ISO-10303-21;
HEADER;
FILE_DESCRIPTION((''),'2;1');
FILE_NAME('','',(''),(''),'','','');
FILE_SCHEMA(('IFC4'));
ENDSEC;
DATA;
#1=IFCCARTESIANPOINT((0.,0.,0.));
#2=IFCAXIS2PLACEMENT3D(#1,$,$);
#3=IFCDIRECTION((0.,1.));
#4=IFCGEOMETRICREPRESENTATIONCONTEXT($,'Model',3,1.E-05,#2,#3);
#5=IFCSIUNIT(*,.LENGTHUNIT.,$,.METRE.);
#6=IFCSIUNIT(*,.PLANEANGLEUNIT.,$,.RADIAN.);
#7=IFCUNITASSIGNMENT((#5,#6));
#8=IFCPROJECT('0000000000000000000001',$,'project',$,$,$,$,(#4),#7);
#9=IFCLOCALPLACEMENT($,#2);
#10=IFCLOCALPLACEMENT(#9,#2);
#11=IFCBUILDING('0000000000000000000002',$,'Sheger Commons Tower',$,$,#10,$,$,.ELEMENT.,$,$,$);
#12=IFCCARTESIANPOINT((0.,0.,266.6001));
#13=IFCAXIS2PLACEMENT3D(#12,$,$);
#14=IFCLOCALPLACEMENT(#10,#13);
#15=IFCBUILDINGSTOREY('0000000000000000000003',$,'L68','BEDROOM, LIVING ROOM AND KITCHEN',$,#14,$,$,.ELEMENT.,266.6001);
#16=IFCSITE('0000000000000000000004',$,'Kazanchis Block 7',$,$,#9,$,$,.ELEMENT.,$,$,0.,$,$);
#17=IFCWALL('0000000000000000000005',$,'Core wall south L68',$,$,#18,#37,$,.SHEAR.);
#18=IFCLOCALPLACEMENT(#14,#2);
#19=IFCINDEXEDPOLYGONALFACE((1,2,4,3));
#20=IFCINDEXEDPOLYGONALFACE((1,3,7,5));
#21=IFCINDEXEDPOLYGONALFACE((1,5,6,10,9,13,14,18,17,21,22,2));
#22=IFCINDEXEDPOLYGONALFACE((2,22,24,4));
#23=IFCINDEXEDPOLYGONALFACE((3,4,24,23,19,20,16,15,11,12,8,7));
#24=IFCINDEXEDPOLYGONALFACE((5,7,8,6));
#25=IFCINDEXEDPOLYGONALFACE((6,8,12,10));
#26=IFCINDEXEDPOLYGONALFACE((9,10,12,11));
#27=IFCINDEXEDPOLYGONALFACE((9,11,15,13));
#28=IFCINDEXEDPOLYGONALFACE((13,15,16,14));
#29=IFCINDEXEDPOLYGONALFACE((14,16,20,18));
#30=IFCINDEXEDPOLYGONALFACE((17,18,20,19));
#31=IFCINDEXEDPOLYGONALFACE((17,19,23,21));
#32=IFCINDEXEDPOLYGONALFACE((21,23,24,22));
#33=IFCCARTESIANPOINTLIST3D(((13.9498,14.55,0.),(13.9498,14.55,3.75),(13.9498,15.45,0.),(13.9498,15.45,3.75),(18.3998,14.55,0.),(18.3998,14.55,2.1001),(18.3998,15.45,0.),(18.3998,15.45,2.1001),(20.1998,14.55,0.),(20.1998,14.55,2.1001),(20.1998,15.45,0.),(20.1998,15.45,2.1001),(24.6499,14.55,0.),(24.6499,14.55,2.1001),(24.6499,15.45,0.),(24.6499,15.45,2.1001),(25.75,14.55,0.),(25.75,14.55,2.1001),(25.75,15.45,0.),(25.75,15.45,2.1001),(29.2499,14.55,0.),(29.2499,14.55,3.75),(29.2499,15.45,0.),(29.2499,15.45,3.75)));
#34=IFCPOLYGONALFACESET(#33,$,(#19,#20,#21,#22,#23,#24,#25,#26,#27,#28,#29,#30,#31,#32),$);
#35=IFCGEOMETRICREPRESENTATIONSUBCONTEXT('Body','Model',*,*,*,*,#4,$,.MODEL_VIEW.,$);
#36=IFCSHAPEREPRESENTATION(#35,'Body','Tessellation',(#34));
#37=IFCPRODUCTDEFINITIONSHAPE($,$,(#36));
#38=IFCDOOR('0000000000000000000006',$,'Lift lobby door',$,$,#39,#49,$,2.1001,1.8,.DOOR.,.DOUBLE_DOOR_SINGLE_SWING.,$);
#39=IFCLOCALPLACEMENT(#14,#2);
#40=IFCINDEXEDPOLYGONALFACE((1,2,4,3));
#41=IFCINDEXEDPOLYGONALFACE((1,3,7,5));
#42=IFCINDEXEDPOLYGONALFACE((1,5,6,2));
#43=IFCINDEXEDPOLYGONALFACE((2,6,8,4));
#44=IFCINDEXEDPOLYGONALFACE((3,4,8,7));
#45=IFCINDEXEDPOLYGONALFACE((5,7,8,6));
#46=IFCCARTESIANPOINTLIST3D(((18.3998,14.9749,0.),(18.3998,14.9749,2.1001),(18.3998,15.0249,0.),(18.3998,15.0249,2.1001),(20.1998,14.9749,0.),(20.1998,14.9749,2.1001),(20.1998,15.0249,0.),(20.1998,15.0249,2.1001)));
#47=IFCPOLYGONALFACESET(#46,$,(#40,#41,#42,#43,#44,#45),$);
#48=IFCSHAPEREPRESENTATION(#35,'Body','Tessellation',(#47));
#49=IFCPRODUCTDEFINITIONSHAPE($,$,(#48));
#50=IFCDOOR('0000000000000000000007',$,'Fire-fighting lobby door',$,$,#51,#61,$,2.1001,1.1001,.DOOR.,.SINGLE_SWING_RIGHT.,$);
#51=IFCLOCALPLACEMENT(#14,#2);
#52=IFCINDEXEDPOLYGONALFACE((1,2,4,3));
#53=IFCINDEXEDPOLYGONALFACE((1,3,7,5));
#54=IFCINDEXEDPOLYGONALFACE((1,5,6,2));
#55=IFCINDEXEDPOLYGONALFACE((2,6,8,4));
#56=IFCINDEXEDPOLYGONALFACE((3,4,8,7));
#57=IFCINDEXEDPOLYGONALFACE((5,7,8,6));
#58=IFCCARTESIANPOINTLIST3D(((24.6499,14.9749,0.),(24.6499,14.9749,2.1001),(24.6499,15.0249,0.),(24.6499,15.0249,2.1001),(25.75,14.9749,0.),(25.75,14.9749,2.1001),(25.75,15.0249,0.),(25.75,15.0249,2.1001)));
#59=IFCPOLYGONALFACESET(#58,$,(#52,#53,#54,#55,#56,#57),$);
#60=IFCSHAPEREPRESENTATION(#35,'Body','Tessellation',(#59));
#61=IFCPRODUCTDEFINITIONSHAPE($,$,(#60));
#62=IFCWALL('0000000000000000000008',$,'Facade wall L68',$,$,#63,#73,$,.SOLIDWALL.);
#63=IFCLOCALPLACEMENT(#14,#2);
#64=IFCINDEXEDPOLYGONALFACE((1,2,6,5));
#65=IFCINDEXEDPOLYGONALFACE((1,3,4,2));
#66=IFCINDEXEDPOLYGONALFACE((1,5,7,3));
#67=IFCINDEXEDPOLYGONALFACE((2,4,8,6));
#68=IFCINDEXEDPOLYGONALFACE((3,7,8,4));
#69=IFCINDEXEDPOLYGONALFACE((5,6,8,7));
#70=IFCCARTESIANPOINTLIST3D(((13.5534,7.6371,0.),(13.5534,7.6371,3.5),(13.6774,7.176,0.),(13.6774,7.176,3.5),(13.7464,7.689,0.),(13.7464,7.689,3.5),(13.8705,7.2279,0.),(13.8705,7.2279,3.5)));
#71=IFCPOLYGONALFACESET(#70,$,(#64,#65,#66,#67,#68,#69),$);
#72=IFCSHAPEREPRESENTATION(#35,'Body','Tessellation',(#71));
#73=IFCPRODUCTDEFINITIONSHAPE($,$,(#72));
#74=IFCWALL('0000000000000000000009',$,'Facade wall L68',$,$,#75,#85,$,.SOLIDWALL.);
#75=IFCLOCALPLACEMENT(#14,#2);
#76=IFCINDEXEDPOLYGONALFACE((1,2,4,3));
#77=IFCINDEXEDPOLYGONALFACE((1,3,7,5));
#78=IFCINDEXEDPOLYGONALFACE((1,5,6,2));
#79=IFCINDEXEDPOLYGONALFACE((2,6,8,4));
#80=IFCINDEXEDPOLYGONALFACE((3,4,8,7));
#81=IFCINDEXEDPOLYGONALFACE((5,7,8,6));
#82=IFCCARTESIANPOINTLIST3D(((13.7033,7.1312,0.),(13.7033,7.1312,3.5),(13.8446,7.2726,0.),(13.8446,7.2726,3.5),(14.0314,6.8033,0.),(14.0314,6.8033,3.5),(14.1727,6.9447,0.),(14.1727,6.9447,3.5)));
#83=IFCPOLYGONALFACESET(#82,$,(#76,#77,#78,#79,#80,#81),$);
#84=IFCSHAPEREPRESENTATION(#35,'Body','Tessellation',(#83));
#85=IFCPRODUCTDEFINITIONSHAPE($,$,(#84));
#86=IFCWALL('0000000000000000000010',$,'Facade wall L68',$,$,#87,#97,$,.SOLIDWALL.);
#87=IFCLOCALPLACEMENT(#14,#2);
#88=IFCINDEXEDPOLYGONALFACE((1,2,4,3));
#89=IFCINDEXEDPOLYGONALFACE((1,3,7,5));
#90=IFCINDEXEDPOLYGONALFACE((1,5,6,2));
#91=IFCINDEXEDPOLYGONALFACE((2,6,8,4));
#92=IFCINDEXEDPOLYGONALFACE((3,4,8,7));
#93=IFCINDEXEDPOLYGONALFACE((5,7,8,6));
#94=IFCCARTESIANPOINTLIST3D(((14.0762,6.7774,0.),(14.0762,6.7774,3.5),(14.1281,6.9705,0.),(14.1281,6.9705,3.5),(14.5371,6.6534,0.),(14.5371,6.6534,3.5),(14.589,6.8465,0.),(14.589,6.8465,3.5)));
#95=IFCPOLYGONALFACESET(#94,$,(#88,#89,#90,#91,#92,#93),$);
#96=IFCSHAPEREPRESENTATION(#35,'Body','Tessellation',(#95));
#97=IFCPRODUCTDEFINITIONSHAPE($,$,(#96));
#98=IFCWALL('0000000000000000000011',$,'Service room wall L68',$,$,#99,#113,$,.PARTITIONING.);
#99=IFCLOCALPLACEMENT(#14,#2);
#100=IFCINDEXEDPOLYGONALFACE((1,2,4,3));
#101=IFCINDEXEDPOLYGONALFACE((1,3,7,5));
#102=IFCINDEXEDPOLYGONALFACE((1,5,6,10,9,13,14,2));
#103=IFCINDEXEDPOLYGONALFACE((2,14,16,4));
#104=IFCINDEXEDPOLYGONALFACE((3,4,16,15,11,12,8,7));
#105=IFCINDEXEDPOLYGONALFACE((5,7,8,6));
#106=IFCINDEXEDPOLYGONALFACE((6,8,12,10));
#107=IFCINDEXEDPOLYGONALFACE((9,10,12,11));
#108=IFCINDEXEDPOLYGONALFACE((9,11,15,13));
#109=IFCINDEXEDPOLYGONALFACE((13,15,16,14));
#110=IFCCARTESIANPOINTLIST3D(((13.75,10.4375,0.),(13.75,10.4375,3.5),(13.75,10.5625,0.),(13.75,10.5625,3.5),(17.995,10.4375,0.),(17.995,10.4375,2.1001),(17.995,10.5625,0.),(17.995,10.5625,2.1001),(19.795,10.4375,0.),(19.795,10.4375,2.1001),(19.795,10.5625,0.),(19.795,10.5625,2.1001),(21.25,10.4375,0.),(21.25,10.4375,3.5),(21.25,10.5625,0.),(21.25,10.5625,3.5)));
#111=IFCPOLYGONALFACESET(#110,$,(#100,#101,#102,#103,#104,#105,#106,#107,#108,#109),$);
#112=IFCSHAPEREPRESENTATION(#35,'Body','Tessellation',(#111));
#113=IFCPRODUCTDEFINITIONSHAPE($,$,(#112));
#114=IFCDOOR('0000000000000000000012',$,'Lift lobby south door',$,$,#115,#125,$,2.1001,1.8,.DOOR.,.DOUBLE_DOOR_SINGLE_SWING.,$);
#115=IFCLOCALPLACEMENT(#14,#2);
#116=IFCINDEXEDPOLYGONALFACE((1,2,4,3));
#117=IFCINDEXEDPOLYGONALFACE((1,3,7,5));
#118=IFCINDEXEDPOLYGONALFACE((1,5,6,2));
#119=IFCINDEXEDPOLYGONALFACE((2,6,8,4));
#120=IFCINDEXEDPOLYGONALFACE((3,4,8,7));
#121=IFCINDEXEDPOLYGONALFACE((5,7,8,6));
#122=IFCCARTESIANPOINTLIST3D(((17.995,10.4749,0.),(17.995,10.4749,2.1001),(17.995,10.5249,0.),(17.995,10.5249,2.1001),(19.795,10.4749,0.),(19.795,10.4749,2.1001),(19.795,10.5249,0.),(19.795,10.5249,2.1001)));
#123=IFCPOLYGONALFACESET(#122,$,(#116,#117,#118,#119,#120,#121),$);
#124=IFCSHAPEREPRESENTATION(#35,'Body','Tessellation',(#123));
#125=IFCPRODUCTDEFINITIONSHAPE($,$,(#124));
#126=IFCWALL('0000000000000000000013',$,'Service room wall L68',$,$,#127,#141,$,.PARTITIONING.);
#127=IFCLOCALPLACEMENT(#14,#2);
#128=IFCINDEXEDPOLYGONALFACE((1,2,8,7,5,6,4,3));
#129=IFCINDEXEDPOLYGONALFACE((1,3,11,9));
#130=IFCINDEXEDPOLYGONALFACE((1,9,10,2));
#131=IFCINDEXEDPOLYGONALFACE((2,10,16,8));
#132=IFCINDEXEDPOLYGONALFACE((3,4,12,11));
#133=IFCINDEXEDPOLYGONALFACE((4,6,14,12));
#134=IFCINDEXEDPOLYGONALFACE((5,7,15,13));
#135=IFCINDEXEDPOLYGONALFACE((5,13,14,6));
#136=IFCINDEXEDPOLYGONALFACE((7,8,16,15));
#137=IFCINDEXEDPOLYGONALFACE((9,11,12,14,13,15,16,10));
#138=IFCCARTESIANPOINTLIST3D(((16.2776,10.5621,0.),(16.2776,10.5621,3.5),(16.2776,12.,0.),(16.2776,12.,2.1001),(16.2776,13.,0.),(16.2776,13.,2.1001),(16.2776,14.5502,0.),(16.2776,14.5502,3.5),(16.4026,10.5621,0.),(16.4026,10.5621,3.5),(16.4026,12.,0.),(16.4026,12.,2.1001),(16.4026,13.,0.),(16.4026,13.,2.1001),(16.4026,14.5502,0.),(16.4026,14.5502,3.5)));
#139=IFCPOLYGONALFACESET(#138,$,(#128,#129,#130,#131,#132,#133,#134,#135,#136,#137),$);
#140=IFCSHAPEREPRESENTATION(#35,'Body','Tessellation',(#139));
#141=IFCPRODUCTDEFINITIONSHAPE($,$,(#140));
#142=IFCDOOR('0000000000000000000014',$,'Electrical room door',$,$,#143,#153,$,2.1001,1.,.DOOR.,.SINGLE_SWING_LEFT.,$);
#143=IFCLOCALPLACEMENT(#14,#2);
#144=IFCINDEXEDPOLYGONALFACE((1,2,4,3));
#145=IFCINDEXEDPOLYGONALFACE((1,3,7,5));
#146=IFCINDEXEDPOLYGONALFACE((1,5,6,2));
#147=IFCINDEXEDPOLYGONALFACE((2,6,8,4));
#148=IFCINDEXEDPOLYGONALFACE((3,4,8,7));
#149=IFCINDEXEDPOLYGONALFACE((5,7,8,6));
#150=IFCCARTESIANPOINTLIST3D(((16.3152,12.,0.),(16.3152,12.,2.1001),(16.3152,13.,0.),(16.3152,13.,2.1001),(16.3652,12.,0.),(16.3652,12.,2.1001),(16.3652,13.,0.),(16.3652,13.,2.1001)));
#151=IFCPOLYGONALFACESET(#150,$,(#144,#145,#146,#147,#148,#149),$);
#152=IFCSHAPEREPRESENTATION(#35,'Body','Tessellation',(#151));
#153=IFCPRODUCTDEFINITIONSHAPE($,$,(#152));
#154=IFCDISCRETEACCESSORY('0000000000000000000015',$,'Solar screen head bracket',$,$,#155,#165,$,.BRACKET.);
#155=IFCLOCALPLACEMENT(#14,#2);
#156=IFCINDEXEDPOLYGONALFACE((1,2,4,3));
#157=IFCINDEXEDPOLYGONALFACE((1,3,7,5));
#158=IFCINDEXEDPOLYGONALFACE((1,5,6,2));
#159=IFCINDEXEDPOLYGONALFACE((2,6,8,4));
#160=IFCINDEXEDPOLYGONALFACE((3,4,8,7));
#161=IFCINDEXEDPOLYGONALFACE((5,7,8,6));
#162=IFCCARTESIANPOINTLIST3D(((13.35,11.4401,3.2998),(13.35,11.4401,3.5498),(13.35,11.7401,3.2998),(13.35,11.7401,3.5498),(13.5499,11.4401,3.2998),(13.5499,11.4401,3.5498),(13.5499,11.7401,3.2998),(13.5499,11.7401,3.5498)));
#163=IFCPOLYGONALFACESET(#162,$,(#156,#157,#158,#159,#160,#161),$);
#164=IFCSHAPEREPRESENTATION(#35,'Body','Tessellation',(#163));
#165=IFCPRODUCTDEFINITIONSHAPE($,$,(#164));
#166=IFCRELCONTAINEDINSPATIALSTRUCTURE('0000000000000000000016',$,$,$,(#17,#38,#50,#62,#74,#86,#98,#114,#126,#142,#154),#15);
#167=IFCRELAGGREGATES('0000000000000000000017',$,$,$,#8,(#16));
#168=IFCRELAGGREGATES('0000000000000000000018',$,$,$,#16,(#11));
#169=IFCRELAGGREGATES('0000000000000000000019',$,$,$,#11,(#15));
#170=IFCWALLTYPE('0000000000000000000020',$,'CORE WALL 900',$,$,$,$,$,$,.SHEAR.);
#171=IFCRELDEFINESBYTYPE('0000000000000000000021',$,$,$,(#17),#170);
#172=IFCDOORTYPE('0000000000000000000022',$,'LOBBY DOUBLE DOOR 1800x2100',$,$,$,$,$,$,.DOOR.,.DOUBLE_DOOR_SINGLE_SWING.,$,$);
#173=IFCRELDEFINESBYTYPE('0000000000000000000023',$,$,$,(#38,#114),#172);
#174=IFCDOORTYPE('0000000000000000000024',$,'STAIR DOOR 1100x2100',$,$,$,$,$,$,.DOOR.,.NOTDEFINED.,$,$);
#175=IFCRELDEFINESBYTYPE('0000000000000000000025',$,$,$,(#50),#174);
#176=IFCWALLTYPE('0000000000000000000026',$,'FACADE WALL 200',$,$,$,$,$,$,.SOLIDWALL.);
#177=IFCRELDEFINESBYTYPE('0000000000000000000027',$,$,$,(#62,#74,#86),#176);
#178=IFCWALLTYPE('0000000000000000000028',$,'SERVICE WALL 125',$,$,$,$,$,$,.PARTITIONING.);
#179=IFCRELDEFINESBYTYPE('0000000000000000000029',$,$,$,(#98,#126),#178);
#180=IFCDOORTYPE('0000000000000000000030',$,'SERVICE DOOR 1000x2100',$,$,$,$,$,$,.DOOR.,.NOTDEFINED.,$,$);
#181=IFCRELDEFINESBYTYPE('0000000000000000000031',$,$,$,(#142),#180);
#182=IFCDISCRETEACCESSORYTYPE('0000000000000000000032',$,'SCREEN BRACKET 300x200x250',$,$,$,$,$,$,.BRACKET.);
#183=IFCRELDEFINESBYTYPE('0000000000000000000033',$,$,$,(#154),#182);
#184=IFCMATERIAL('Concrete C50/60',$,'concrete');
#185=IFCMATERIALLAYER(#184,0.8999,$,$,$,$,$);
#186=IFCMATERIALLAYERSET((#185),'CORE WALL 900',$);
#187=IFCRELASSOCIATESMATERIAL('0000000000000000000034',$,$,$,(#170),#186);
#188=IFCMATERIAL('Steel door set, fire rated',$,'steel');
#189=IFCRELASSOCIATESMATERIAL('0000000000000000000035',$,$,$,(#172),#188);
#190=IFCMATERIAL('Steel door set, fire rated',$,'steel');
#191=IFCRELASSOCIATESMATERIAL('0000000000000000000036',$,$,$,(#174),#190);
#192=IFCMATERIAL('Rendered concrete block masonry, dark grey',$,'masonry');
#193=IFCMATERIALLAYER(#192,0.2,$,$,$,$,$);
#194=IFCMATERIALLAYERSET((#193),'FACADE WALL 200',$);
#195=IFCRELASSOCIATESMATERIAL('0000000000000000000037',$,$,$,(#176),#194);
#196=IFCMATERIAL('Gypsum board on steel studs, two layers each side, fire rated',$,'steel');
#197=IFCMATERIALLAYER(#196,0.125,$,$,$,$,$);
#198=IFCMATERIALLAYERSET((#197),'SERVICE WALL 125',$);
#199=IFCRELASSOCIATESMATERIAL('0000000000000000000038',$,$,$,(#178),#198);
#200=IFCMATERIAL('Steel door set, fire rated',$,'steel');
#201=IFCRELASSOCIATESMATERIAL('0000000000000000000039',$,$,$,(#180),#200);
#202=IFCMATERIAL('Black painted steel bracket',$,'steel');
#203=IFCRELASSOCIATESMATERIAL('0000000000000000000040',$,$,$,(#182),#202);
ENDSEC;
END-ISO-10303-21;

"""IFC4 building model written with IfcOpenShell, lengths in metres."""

from ifc_helpers import new_model, si_unit, direction, frame, frame_2d, origin, origin_2d, place, context, subcontext, project, spatial, rectangle, extrude, material, layer, layer_set, type_object, element, fill, save


model = new_model("IFC4")

# Units and contexts
model_context = context("Model", 3, precision=1e-05, world=origin(), true_north=direction((0.0, 1.0)))
body_context = subcontext(model_context, "Body", "Model", "MODEL_VIEW")
ifc_project = project(units=[si_unit("LENGTHUNIT", "METRE"), si_unit("PLANEANGLEUNIT", "RADIAN")], contexts=[model_context])

# Site, building, storey
site_placement = place(None, origin())
site = spatial("IfcSite", under=ifc_project, at=site_placement, Name="Kazanchis Block 7", CompositionType="ELEMENT", RefElevation=0.0)
building_placement = place(site_placement, origin())
building = spatial("IfcBuilding", under=site, at=building_placement, Name="Sheger Commons Tower", CompositionType="ELEMENT")
storey_placement = place(building_placement, frame((0.0, 0.0, 266.6001)))
storey = spatial("IfcBuildingStorey", under=building, at=storey_placement, Name="L68", Description="BEDROOM, LIVING ROOM AND KITCHEN", CompositionType="ELEMENT", Elevation=266.6001)

# Wall, openings, doors
ifc_material_1 = material(Name="Concrete C50/60", Category="concrete")
ifc_layer_1 = layer(ifc_material_1, 0.8999)
ifc_layer_set_1 = layer_set([ifc_layer_1], Name="CORE WALL 900")
wall_type_1 = type_object("IfcWallType", Name="CORE WALL 900", PredefinedType="SHEAR", material=ifc_layer_set_1)
wall_1_placement = place(storey_placement, frame((13.95, 15.0, 0.0), z_axis=(0.0, 0.0, 1.0), x_axis=(1.0, 0.0, 0.0)))
wall_1 = element("IfcWall", 1, at=wall_1_placement, inside=storey, type_object=wall_type_1, Name="Core wall south L68", PredefinedType="SHEAR", context=body_context, shape_type="SweptSolid", body=[
    extrude(rectangle(XDim=15.3, YDim=0.8999, at=frame_2d((7.6499, 0.0))), origin(), (0.0, 0.0, 1.0), 3.75),
])
opening_1_placement = place(wall_1_placement, frame((4.45, 0.0, 0.0)))
opening_1 = element("IfcOpeningElement", 2, at=opening_1_placement, cuts=wall_1, PredefinedType="OPENING", context=body_context, shape_type="SweptSolid", body=[
    extrude(rectangle(XDim=1.8, YDim=2.1001, at=frame_2d((0.8999, 1.05))), frame((0.0, 0.46, 0.0), z_axis=(0.0, -1.0, 0.0), x_axis=(1.0, 0.0, 0.0)), (0.0, 0.0, 1.0), 0.9199),
])
opening_2_placement = place(wall_1_placement, frame((10.7, 0.0, 0.0)))
opening_2 = element("IfcOpeningElement", 3, at=opening_2_placement, cuts=wall_1, PredefinedType="OPENING", context=body_context, shape_type="SweptSolid", body=[
    extrude(rectangle(XDim=1.1001, YDim=2.1001, at=frame_2d((0.55, 1.05))), frame((0.0, 0.46, 0.0), z_axis=(0.0, -1.0, 0.0), x_axis=(1.0, 0.0, 0.0)), (0.0, 0.0, 1.0), 0.9199),
])
ifc_material_2 = material(Name="Steel door set, fire rated", Category="steel")
door_type_1 = type_object("IfcDoorType", Name="LOBBY DOUBLE DOOR 1800x2100", OperationType="DOUBLE_DOOR_SINGLE_SWING", PredefinedType="DOOR", material=ifc_material_2)
door_1_placement = place(opening_1_placement, origin())
door_1 = element("IfcDoor", 4, at=door_1_placement, inside=storey, type_object=door_type_1, Name="Lift lobby door", OperationType="DOUBLE_DOOR_SINGLE_SWING", OverallHeight=2.1001, OverallWidth=1.8, PredefinedType="DOOR", context=body_context, shape_type="SweptSolid", body=[
    extrude(rectangle(XDim=1.8, YDim=2.1001, at=frame_2d((0.8999, 1.05))), frame((0.0, 0.0249, 0.0), z_axis=(0.0, -1.0, 0.0), x_axis=(1.0, 0.0, 0.0)), (0.0, 0.0, 1.0), 0.05),
])
fill(opening_1, door_1)
ifc_material_3 = material(Name="Steel door set, fire rated", Category="steel")
door_type_2 = type_object("IfcDoorType", Name="STAIR DOOR 1100x2100", OperationType="NOTDEFINED", PredefinedType="DOOR", material=ifc_material_3)
door_2_placement = place(opening_2_placement, origin())
door_2 = element("IfcDoor", 5, at=door_2_placement, inside=storey, type_object=door_type_2, Name="Fire-fighting lobby door", OperationType="SINGLE_SWING_RIGHT", OverallHeight=2.1001, OverallWidth=1.1001, PredefinedType="DOOR", context=body_context, shape_type="SweptSolid", body=[
    extrude(rectangle(XDim=1.1001, YDim=2.1001, at=frame_2d((0.55, 1.05))), frame((0.0, 0.0249, 0.0), z_axis=(0.0, -1.0, 0.0), x_axis=(1.0, 0.0, 0.0)), (0.0, 0.0, 1.0), 0.05),
])
fill(opening_2, door_2)

# Walls
ifc_material_4 = material(Name="Rendered concrete block masonry, dark grey", Category="masonry")
ifc_layer_2 = layer(ifc_material_4, 0.2)
ifc_layer_set_2 = layer_set([ifc_layer_2], Name="FACADE WALL 200")
wall_type_2 = type_object("IfcWallType", Name="FACADE WALL 200", PredefinedType="SOLIDWALL", material=ifc_layer_set_2)
wall_2_placement = place(storey_placement, frame((13.6499, 7.6631, 0.0), z_axis=(0.0, 0.0, 1.0), x_axis=(0.259698, -0.96569, 0.0)))
element("IfcWall", 6, at=wall_2_placement, inside=storey, type_object=wall_type_2, Name="Facade wall L68", PredefinedType="SOLIDWALL", context=body_context, shape_type="SweptSolid", body=[
    extrude(rectangle(XDim=0.4775, YDim=0.2, at=frame_2d((0.2388, 0.0))), origin(), (0.0, 0.0, 1.0), 3.5),
])
wall_3_placement = place(storey_placement, frame((13.7739, 7.2019, 0.0), z_axis=(0.0, 0.0, 1.0), x_axis=(0.70737, -0.706844, 0.0)))
element("IfcWall", 7, at=wall_3_placement, inside=storey, type_object=wall_type_2, Name="Facade wall L68", PredefinedType="SOLIDWALL", context=body_context, shape_type="SweptSolid", body=[
    extrude(rectangle(XDim=0.4639, YDim=0.2, at=frame_2d((0.2319, 0.0))), origin(), (0.0, 0.0, 1.0), 3.5),
])
wall_4_placement = place(storey_placement, frame((14.1021, 6.874, 0.0), z_axis=(0.0, 0.0, 1.0), x_axis=(0.965655, -0.259827, 0.0)))
element("IfcWall", 8, at=wall_4_placement, inside=storey, type_object=wall_type_2, Name="Facade wall L68", PredefinedType="SOLIDWALL", context=body_context, shape_type="SweptSolid", body=[
    extrude(rectangle(XDim=0.4773, YDim=0.2, at=frame_2d((0.2388, 0.0))), origin(), (0.0, 0.0, 1.0), 3.5),
])

# Walls, openings, doors
ifc_material_5 = material(Name="Gypsum board on steel studs, two layers each side, fire rated", Category="steel")
ifc_layer_3 = layer(ifc_material_5, 0.125)
ifc_layer_set_3 = layer_set([ifc_layer_3], Name="SERVICE WALL 125")
wall_type_3 = type_object("IfcWallType", Name="SERVICE WALL 125", PredefinedType="PARTITIONING", material=ifc_layer_set_3)
wall_5_placement = place(storey_placement, frame((13.75, 10.5, 0.0), z_axis=(0.0, 0.0, 1.0), x_axis=(1.0, 0.0, 0.0)))
wall_5 = element("IfcWall", 9, at=wall_5_placement, inside=storey, type_object=wall_type_3, Name="Service room wall L68", PredefinedType="PARTITIONING", context=body_context, shape_type="SweptSolid", body=[
    extrude(rectangle(XDim=7.5, YDim=0.125, at=frame_2d((3.75, 0.0))), origin(), (0.0, 0.0, 1.0), 3.5),
])
opening_3_placement = place(wall_5_placement, frame((4.2451, 0.0, 0.0)))
opening_3 = element("IfcOpeningElement", 10, at=opening_3_placement, cuts=wall_5, PredefinedType="OPENING", context=body_context, shape_type="SweptSolid", body=[
    extrude(rectangle(XDim=1.8, YDim=2.1001, at=frame_2d((0.8999, 1.05))), frame((0.0, 0.0725, 0.0), z_axis=(0.0, -1.0, 0.0), x_axis=(1.0, 0.0, 0.0)), (0.0, 0.0, 1.0), 0.145),
])
door_3_placement = place(opening_3_placement, origin())
door_3 = element("IfcDoor", 11, at=door_3_placement, inside=storey, type_object=door_type_1, Name="Lift lobby south door", OperationType="DOUBLE_DOOR_SINGLE_SWING", OverallHeight=2.1001, OverallWidth=1.8, PredefinedType="DOOR", context=body_context, shape_type="SweptSolid", body=[
    extrude(rectangle(XDim=1.8, YDim=2.1001, at=frame_2d((0.8999, 1.05))), frame((0.0, 0.0249, 0.0), z_axis=(0.0, -1.0, 0.0), x_axis=(1.0, 0.0, 0.0)), (0.0, 0.0, 1.0), 0.05),
])
fill(opening_3, door_3)
wall_6_placement = place(storey_placement, frame((16.3401, 10.562, 0.0), z_axis=(0.0, 0.0, 1.0), x_axis=(0.0, 1.0, 0.0)))
wall_6 = element("IfcWall", 12, at=wall_6_placement, inside=storey, type_object=wall_type_3, Name="Service room wall L68", PredefinedType="PARTITIONING", context=body_context, shape_type="SweptSolid", body=[
    extrude(rectangle(XDim=3.988, YDim=0.125, at=frame_2d((1.9941, 0.0))), origin(), (0.0, 0.0, 1.0), 3.5),
])
opening_4_placement = place(wall_6_placement, frame((1.438, 0.0, 0.0)))
opening_4 = element("IfcOpeningElement", 13, at=opening_4_placement, cuts=wall_6, PredefinedType="OPENING", context=body_context, shape_type="SweptSolid", body=[
    extrude(rectangle(XDim=1.0, YDim=2.1001, at=frame_2d((0.5, 1.05))), frame((0.0, 0.0725, 0.0), z_axis=(0.0, -1.0, 0.0), x_axis=(1.0, 0.0, 0.0)), (0.0, 0.0, 1.0), 0.145),
])
ifc_material_6 = material(Name="Steel door set, fire rated", Category="steel")
door_type_3 = type_object("IfcDoorType", Name="SERVICE DOOR 1000x2100", OperationType="NOTDEFINED", PredefinedType="DOOR", material=ifc_material_6)
door_4_placement = place(opening_4_placement, origin())
door_4 = element("IfcDoor", 14, at=door_4_placement, inside=storey, type_object=door_type_3, Name="Electrical room door", OperationType="SINGLE_SWING_LEFT", OverallHeight=2.1001, OverallWidth=1.0, PredefinedType="DOOR", context=body_context, shape_type="SweptSolid", body=[
    extrude(rectangle(XDim=1.0, YDim=2.1001, at=frame_2d((0.5, 1.05))), frame((0.0, 0.0249, 0.0), z_axis=(0.0, -1.0, 0.0), x_axis=(1.0, 0.0, 0.0)), (0.0, 0.0, 1.0), 0.05),
])
fill(opening_4, door_4)

# Discrete accessory
ifc_material_7 = material(Name="Black painted steel bracket", Category="steel")
discrete_accessory_type = type_object("IfcDiscreteAccessoryType", Name="SCREEN BRACKET 300x200x250", PredefinedType="BRACKET", material=ifc_material_7)
discrete_accessory_placement = place(storey_placement, frame((13.45, 11.5901, 3.2998), z_axis=(0.0, 0.0, 1.0), x_axis=(0.0, -1.0, 0.0)))
element("IfcDiscreteAccessory", 15, at=discrete_accessory_placement, inside=storey, type_object=discrete_accessory_type, Name="Solar screen head bracket", PredefinedType="BRACKET", context=body_context, shape_type="SweptSolid", body=[
    extrude(rectangle(XDim=0.3, YDim=0.2, at=origin_2d()), origin(), (0.0, 0.0, 1.0), 0.25),
])

save(model, "model.ifc")
